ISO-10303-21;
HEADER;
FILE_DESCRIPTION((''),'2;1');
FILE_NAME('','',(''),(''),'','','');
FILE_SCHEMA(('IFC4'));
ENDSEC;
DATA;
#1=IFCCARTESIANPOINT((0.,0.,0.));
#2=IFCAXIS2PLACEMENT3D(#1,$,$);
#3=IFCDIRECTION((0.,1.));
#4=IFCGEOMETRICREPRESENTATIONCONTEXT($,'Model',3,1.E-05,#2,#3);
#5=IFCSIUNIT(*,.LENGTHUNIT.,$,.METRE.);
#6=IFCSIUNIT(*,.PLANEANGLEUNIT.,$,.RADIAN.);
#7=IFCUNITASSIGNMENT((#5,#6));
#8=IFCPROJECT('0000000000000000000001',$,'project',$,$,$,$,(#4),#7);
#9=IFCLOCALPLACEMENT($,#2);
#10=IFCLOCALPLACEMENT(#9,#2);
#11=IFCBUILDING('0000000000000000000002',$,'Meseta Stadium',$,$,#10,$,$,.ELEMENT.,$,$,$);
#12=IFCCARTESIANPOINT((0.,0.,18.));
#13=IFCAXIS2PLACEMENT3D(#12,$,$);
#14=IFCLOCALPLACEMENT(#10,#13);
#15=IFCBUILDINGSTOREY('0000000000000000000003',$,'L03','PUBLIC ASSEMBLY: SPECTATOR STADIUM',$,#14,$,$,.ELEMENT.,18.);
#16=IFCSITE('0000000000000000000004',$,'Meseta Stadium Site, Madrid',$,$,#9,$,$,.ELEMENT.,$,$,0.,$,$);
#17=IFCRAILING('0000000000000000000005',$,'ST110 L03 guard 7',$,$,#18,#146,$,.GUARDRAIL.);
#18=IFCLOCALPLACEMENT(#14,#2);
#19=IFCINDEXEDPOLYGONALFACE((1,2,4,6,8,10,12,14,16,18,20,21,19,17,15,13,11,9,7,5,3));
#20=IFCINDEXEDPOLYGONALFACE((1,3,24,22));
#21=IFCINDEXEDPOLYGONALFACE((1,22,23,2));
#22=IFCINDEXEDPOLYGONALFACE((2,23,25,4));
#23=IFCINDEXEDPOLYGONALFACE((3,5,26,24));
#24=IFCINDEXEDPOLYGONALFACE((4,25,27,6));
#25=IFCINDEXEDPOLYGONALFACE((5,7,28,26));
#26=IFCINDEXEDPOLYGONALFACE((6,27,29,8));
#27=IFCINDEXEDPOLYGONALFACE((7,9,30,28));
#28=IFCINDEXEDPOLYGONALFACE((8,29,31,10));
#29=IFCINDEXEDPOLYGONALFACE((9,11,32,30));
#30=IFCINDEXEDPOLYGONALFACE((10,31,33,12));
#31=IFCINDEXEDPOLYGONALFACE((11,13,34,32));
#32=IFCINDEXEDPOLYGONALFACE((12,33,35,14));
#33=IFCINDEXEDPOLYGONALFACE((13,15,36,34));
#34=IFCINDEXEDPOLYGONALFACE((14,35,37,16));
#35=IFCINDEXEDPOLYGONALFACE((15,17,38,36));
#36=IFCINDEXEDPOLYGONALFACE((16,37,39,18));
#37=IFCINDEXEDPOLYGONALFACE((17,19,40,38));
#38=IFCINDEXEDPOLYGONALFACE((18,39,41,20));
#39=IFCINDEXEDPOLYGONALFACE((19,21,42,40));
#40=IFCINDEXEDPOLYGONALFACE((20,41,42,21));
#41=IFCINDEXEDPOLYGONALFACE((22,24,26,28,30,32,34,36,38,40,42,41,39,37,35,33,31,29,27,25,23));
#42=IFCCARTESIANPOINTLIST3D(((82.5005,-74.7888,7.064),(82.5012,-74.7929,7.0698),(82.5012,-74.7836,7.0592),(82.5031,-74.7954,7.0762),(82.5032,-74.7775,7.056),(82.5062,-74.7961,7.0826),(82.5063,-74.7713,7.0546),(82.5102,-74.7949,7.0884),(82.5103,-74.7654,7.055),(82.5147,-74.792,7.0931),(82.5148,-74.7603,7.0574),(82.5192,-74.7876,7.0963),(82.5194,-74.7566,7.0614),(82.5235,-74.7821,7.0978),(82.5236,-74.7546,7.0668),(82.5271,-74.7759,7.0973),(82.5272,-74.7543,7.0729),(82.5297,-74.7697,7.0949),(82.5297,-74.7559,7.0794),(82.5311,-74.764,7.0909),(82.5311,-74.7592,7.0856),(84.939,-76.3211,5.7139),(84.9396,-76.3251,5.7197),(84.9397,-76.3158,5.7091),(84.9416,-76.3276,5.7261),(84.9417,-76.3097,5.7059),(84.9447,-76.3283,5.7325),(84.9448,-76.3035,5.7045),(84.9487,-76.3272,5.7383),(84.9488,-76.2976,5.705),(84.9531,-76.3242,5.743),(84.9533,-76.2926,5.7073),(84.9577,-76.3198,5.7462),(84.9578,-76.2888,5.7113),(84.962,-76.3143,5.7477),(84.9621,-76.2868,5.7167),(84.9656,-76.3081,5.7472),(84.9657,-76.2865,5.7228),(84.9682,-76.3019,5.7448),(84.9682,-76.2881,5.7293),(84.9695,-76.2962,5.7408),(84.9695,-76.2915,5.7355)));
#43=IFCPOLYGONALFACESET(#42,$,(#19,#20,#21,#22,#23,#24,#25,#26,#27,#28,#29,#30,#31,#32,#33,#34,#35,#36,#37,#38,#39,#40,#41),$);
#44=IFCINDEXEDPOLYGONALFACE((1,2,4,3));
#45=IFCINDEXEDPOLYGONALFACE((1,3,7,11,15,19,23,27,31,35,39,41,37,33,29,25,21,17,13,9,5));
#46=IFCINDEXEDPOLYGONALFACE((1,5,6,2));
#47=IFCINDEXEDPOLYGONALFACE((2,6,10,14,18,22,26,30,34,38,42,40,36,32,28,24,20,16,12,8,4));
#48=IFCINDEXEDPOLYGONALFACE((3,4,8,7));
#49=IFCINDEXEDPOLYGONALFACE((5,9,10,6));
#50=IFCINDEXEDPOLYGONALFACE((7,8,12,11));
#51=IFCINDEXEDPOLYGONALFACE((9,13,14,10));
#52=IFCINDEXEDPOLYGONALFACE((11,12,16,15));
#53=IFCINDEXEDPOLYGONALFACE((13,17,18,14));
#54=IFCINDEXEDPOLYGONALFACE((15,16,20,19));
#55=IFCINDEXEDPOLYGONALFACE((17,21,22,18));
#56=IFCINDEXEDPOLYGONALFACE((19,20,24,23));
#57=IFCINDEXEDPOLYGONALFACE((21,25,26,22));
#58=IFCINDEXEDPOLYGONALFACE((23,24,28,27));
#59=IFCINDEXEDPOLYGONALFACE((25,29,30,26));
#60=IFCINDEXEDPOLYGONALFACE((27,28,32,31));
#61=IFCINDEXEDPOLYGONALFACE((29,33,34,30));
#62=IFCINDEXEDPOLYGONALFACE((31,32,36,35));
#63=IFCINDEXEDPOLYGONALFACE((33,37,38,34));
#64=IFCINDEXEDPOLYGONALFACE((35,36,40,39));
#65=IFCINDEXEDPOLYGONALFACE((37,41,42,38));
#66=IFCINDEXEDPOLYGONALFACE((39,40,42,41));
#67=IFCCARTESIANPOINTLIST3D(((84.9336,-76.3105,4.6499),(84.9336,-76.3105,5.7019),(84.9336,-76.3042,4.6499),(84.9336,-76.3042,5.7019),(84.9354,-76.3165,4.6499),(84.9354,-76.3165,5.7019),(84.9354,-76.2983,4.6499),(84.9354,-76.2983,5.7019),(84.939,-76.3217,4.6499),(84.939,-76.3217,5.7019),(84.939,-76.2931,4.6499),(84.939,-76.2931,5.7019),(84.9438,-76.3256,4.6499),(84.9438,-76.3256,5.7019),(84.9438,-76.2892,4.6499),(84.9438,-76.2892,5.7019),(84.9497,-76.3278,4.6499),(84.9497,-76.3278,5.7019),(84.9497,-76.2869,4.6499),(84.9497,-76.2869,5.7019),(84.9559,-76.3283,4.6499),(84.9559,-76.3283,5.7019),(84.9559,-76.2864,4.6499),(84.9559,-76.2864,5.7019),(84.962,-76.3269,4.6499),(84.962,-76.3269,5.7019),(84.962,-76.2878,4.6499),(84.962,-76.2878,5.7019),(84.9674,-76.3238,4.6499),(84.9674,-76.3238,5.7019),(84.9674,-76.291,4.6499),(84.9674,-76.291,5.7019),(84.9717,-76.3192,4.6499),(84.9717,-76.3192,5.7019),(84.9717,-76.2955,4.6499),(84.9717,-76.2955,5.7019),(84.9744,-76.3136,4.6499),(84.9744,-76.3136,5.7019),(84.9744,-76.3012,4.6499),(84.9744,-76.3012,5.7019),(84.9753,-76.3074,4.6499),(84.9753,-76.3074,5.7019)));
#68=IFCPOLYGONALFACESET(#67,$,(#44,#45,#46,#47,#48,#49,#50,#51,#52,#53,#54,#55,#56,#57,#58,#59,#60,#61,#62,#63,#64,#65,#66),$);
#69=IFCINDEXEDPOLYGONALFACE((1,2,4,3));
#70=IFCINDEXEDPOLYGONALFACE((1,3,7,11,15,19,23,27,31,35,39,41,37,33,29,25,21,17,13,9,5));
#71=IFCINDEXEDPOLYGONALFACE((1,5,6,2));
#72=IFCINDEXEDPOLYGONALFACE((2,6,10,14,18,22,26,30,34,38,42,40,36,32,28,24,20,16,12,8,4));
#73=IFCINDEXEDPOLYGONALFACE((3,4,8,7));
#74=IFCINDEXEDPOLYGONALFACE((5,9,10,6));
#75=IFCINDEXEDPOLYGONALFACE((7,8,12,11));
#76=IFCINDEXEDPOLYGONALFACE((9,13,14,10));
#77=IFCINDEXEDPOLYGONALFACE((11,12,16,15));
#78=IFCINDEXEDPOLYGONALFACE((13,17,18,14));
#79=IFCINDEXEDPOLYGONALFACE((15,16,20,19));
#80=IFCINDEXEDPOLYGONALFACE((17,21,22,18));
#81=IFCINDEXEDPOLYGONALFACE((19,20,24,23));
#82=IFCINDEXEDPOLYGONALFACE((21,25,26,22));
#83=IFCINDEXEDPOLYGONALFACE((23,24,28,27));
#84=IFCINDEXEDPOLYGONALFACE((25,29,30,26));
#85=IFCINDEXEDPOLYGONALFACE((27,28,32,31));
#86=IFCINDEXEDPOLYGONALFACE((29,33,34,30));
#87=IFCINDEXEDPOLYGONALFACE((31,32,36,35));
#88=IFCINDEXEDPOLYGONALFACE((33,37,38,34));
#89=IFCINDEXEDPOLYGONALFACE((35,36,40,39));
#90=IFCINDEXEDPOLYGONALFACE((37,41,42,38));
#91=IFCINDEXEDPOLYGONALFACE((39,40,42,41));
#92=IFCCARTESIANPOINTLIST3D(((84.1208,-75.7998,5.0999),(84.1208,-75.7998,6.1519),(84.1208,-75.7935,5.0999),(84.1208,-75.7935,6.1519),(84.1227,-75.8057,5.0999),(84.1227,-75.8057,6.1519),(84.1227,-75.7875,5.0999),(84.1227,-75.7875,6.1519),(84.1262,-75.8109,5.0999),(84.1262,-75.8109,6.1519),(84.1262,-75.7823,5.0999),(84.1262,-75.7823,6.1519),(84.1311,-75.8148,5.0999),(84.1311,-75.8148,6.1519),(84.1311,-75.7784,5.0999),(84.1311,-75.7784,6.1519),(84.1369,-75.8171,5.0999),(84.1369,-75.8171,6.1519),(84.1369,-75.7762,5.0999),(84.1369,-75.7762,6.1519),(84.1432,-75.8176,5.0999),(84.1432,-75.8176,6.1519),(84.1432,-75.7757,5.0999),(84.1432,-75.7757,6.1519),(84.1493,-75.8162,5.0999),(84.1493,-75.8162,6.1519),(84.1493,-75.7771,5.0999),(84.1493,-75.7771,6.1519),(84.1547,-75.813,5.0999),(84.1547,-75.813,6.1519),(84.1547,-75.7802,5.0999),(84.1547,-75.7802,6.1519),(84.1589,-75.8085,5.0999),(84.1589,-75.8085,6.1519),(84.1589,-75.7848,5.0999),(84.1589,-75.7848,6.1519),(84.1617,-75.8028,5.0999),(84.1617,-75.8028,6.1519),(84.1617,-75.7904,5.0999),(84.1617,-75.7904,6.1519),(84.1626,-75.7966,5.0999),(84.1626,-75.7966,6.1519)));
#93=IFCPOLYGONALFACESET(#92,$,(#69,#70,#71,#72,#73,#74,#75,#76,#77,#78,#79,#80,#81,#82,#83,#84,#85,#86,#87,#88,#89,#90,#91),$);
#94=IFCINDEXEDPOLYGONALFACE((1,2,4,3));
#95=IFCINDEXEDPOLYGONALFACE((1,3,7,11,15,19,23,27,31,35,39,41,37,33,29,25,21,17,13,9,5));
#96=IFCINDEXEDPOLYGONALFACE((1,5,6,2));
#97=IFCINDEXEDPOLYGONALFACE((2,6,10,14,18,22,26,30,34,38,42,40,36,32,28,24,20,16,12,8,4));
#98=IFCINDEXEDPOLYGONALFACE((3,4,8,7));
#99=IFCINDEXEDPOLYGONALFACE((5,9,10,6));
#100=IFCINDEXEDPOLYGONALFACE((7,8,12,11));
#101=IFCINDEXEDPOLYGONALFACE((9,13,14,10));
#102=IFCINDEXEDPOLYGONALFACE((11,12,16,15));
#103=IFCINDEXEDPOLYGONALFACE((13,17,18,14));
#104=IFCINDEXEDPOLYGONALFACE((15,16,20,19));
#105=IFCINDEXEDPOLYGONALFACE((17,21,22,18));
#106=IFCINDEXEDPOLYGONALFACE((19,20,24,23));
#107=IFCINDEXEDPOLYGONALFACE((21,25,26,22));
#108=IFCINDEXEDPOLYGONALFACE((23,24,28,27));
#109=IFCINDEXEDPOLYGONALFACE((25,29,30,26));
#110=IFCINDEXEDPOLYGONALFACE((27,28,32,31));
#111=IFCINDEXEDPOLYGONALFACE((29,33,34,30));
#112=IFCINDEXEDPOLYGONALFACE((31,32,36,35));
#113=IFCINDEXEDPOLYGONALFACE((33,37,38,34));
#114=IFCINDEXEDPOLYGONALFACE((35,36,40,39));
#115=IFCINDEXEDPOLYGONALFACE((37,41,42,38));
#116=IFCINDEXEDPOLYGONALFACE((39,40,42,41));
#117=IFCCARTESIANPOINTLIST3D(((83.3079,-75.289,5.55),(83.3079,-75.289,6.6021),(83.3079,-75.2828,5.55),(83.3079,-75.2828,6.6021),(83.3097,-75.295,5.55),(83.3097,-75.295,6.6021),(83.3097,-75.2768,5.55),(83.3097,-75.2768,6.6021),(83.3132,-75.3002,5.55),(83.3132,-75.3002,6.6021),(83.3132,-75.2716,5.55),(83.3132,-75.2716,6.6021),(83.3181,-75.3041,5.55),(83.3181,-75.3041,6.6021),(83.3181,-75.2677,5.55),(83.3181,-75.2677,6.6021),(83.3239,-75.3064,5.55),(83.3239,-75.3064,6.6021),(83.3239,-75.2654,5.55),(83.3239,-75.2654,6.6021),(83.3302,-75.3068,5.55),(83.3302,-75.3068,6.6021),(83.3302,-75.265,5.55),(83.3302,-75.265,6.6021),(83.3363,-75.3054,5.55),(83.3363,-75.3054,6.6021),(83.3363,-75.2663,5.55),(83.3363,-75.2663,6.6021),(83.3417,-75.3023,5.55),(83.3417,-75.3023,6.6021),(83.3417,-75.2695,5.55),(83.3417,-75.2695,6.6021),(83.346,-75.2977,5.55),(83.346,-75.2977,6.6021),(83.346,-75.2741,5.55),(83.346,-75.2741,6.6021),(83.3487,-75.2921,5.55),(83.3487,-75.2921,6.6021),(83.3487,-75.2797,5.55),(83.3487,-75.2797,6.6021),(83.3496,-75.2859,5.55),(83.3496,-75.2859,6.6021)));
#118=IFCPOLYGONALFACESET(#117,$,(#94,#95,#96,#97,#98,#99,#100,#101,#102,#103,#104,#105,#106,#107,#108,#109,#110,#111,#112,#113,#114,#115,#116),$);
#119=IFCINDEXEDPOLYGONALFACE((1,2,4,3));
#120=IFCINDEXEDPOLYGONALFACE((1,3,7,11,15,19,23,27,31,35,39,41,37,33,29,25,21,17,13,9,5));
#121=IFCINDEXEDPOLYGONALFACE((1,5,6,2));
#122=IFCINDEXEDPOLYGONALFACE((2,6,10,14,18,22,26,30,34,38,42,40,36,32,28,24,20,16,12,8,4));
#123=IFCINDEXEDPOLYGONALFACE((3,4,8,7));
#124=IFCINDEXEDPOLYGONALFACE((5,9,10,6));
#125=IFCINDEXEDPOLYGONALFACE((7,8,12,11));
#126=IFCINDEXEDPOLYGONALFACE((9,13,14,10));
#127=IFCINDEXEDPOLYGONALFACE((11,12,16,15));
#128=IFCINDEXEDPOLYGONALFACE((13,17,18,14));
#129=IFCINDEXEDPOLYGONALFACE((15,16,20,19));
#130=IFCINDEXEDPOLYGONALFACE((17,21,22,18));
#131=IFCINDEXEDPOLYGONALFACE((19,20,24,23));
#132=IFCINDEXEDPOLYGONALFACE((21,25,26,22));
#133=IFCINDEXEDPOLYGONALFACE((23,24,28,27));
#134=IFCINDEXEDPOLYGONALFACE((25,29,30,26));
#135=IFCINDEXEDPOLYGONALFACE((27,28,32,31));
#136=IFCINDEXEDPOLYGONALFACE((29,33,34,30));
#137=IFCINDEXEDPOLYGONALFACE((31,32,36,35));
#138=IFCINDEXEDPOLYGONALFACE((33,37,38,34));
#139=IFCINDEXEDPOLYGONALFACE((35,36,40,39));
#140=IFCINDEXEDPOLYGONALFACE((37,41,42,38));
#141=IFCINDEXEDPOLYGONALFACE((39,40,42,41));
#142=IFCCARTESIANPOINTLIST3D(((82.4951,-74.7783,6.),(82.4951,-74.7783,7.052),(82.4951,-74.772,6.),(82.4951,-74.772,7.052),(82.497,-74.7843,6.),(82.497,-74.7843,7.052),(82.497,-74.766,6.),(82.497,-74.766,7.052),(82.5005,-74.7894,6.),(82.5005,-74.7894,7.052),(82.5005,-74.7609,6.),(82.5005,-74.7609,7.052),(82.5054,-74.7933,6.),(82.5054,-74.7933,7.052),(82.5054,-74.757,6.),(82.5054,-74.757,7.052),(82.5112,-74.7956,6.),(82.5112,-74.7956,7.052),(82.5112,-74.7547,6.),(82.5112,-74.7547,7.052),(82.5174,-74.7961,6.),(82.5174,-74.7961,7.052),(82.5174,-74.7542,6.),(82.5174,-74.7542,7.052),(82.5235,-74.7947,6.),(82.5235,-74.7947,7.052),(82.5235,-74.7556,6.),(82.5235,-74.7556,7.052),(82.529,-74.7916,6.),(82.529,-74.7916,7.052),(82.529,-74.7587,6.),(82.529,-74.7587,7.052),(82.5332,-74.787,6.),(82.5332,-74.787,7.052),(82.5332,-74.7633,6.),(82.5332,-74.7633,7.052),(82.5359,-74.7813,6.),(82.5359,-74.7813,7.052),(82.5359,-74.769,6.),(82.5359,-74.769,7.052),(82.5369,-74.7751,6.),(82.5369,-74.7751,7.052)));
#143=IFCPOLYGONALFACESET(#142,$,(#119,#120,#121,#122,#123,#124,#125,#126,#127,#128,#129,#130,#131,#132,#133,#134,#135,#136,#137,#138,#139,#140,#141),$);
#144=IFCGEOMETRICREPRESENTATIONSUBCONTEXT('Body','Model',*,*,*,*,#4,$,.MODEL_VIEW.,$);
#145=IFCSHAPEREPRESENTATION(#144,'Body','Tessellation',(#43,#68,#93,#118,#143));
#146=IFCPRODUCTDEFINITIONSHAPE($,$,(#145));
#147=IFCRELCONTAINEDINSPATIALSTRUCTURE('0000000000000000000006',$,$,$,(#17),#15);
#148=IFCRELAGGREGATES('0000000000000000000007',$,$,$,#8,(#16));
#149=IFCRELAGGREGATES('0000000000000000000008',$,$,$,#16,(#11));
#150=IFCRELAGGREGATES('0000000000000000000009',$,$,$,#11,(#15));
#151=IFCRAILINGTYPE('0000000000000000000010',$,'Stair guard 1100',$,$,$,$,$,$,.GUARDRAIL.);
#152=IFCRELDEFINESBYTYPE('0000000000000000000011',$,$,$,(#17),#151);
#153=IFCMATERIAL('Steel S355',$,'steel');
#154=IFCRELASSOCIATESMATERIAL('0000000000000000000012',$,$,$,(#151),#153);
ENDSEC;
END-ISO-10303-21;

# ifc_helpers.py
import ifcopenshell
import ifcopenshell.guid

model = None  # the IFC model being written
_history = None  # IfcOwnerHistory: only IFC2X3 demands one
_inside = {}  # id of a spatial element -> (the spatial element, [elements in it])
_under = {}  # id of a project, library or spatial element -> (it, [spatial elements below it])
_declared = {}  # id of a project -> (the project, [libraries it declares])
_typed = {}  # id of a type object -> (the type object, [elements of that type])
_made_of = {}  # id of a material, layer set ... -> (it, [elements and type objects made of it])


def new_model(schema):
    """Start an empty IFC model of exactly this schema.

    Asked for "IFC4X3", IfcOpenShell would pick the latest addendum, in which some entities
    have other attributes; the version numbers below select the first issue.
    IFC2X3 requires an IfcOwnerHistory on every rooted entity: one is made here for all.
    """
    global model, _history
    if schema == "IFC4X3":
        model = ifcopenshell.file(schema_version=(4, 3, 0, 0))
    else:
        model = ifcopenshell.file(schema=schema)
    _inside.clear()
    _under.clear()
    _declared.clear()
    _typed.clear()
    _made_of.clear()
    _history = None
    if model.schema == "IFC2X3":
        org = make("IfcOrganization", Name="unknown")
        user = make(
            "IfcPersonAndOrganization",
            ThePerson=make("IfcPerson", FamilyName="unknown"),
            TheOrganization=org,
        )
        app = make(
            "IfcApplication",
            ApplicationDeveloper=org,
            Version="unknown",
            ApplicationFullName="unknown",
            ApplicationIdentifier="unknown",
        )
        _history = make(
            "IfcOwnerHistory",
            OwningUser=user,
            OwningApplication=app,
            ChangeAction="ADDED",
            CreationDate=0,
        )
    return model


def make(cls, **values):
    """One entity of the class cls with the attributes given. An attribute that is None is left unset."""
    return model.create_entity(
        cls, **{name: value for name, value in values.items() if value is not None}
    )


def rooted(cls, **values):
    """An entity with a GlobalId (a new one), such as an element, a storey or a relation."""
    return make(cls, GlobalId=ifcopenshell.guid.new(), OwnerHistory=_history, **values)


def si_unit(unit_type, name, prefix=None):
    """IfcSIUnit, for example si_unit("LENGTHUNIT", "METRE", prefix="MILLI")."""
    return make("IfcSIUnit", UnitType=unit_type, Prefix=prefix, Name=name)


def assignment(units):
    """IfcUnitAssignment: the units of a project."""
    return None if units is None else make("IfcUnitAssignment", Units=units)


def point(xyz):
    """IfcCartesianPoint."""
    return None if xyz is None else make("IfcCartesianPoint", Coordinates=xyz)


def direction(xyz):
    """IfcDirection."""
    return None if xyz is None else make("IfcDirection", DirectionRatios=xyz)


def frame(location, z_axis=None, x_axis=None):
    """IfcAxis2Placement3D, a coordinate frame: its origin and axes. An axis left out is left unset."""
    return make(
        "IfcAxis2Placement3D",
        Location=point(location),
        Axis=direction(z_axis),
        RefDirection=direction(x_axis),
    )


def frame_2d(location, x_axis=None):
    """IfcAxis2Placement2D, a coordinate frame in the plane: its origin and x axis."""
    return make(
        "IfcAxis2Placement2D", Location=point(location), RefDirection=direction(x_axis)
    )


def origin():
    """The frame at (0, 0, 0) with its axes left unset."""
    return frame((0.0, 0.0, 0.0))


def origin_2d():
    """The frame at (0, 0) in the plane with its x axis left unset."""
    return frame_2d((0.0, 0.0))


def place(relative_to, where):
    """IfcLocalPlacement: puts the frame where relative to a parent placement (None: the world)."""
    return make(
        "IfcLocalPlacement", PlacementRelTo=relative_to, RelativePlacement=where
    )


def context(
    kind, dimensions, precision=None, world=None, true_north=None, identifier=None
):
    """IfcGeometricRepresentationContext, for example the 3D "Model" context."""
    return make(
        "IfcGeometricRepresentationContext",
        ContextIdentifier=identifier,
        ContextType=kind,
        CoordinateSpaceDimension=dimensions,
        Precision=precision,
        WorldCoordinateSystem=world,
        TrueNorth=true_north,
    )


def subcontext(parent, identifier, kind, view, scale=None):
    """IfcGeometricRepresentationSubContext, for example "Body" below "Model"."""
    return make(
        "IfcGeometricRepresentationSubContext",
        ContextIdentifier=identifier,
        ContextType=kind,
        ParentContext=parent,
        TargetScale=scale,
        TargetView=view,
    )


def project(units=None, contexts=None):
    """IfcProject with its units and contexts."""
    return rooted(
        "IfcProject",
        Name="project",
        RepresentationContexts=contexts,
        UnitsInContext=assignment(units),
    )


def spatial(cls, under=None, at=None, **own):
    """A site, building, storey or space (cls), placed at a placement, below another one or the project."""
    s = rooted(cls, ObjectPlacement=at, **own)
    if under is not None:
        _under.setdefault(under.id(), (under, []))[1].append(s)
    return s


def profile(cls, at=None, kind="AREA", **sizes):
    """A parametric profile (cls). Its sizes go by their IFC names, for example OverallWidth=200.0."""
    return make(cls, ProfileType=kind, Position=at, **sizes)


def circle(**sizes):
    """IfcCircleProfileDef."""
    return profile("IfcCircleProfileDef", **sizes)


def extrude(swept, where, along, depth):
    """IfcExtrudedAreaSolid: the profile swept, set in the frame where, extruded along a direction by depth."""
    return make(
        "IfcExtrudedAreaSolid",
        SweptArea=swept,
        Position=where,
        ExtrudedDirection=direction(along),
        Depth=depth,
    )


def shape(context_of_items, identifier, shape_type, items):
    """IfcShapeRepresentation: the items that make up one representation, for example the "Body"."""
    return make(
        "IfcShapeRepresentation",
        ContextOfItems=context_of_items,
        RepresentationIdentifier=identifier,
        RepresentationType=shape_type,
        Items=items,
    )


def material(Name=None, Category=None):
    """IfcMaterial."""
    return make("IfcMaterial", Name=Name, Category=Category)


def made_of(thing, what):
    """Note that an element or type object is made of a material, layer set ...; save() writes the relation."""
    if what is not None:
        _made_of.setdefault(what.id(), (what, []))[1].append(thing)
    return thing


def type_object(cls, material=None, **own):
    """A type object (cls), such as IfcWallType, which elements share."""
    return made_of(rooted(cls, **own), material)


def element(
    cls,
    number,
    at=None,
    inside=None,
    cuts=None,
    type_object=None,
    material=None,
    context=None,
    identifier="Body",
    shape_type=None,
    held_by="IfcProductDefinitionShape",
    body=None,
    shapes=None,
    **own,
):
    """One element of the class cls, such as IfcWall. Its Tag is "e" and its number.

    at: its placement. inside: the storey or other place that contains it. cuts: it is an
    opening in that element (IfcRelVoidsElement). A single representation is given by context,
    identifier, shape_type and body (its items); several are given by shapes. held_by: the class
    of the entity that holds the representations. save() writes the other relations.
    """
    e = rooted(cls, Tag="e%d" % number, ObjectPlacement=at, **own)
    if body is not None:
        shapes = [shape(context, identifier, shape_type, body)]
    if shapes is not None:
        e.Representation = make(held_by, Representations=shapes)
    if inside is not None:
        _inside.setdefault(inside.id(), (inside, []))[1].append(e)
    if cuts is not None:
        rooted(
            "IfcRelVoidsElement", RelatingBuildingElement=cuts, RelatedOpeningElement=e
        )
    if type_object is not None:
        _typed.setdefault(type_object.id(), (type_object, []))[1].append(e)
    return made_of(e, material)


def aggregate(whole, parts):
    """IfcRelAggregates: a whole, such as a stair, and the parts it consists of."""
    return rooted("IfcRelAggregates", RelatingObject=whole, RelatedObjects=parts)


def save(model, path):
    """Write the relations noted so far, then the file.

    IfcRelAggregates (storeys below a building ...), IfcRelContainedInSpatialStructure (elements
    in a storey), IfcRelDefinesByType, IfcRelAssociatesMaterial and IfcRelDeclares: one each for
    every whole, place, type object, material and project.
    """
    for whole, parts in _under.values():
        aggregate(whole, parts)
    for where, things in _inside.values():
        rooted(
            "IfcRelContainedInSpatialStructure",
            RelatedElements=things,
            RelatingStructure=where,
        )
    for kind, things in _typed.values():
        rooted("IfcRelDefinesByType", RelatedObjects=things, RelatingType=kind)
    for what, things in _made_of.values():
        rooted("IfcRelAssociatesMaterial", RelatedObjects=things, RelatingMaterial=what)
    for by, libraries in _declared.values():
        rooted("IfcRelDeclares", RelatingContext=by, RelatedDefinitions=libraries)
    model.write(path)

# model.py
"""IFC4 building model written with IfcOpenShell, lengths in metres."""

from ifc_helpers import new_model, si_unit, direction, frame, origin, origin_2d, place, context, subcontext, project, spatial, circle, extrude, material, type_object, element, save


model = new_model("IFC4")

# Units and contexts
model_context = context("Model", 3, precision=1e-05, world=origin(), true_north=direction((0.0, 1.0)))
body_context = subcontext(model_context, "Body", "Model", "MODEL_VIEW")
ifc_project = project(units=[si_unit("LENGTHUNIT", "METRE"), si_unit("PLANEANGLEUNIT", "RADIAN")], contexts=[model_context])

# Site, building, storey
site_placement = place(None, origin())
site = spatial("IfcSite", under=ifc_project, at=site_placement, Name="Meseta Stadium Site, Madrid", CompositionType="ELEMENT", RefElevation=0.0)
building_placement = place(site_placement, origin())
building = spatial("IfcBuilding", under=site, at=building_placement, Name="Meseta Stadium", CompositionType="ELEMENT")
storey_placement = place(building_placement, frame((0.0, 0.0, 18.0)))
storey = spatial("IfcBuildingStorey", under=building, at=storey_placement, Name="L03", Description="PUBLIC ASSEMBLY: SPECTATOR STADIUM", CompositionType="ELEMENT", Elevation=18.0)

# Railing
ifc_material_1 = material(Name="Steel S355", Category="steel")
railing_type_1 = type_object("IfcRailingType", Name="Stair guard 1100", PredefinedType="GUARDRAIL", material=ifc_material_1)
railing_1_placement = place(storey_placement, frame((84.9543, -76.3074, 4.6499)))
element("IfcRailing", 1, at=railing_1_placement, inside=storey, type_object=railing_type_1, Name="ST110 L03 guard 7", PredefinedType="GUARDRAIL", context=body_context, shape_type="SweptSolid", body=[
    extrude(circle(Radius=0.0239, at=origin_2d()), frame((0.0, 0.0, 1.0762), z_axis=(-0.766655, 0.481731, 0.42447), x_axis=(-0.53204, -0.846719, 0.0)), (0.0, 0.0, 1.0), 3.1807),
    extrude(circle(Radius=0.021, at=origin_2d()), origin(), (0.0, 0.0, 1.0), 1.052),
    extrude(circle(Radius=0.021, at=origin_2d()), frame((-0.8127, 0.5107, 0.45)), (0.0, 0.0, 1.0), 1.052),
    extrude(circle(Radius=0.021, at=origin_2d()), frame((-1.6257, 1.0215, 0.9001)), (0.0, 0.0, 1.0), 1.052),
    extrude(circle(Radius=0.021, at=origin_2d()), frame((-2.4385, 1.5322, 1.3501)), (0.0, 0.0, 1.0), 1.052),
])

save(model, "model.ifc")
